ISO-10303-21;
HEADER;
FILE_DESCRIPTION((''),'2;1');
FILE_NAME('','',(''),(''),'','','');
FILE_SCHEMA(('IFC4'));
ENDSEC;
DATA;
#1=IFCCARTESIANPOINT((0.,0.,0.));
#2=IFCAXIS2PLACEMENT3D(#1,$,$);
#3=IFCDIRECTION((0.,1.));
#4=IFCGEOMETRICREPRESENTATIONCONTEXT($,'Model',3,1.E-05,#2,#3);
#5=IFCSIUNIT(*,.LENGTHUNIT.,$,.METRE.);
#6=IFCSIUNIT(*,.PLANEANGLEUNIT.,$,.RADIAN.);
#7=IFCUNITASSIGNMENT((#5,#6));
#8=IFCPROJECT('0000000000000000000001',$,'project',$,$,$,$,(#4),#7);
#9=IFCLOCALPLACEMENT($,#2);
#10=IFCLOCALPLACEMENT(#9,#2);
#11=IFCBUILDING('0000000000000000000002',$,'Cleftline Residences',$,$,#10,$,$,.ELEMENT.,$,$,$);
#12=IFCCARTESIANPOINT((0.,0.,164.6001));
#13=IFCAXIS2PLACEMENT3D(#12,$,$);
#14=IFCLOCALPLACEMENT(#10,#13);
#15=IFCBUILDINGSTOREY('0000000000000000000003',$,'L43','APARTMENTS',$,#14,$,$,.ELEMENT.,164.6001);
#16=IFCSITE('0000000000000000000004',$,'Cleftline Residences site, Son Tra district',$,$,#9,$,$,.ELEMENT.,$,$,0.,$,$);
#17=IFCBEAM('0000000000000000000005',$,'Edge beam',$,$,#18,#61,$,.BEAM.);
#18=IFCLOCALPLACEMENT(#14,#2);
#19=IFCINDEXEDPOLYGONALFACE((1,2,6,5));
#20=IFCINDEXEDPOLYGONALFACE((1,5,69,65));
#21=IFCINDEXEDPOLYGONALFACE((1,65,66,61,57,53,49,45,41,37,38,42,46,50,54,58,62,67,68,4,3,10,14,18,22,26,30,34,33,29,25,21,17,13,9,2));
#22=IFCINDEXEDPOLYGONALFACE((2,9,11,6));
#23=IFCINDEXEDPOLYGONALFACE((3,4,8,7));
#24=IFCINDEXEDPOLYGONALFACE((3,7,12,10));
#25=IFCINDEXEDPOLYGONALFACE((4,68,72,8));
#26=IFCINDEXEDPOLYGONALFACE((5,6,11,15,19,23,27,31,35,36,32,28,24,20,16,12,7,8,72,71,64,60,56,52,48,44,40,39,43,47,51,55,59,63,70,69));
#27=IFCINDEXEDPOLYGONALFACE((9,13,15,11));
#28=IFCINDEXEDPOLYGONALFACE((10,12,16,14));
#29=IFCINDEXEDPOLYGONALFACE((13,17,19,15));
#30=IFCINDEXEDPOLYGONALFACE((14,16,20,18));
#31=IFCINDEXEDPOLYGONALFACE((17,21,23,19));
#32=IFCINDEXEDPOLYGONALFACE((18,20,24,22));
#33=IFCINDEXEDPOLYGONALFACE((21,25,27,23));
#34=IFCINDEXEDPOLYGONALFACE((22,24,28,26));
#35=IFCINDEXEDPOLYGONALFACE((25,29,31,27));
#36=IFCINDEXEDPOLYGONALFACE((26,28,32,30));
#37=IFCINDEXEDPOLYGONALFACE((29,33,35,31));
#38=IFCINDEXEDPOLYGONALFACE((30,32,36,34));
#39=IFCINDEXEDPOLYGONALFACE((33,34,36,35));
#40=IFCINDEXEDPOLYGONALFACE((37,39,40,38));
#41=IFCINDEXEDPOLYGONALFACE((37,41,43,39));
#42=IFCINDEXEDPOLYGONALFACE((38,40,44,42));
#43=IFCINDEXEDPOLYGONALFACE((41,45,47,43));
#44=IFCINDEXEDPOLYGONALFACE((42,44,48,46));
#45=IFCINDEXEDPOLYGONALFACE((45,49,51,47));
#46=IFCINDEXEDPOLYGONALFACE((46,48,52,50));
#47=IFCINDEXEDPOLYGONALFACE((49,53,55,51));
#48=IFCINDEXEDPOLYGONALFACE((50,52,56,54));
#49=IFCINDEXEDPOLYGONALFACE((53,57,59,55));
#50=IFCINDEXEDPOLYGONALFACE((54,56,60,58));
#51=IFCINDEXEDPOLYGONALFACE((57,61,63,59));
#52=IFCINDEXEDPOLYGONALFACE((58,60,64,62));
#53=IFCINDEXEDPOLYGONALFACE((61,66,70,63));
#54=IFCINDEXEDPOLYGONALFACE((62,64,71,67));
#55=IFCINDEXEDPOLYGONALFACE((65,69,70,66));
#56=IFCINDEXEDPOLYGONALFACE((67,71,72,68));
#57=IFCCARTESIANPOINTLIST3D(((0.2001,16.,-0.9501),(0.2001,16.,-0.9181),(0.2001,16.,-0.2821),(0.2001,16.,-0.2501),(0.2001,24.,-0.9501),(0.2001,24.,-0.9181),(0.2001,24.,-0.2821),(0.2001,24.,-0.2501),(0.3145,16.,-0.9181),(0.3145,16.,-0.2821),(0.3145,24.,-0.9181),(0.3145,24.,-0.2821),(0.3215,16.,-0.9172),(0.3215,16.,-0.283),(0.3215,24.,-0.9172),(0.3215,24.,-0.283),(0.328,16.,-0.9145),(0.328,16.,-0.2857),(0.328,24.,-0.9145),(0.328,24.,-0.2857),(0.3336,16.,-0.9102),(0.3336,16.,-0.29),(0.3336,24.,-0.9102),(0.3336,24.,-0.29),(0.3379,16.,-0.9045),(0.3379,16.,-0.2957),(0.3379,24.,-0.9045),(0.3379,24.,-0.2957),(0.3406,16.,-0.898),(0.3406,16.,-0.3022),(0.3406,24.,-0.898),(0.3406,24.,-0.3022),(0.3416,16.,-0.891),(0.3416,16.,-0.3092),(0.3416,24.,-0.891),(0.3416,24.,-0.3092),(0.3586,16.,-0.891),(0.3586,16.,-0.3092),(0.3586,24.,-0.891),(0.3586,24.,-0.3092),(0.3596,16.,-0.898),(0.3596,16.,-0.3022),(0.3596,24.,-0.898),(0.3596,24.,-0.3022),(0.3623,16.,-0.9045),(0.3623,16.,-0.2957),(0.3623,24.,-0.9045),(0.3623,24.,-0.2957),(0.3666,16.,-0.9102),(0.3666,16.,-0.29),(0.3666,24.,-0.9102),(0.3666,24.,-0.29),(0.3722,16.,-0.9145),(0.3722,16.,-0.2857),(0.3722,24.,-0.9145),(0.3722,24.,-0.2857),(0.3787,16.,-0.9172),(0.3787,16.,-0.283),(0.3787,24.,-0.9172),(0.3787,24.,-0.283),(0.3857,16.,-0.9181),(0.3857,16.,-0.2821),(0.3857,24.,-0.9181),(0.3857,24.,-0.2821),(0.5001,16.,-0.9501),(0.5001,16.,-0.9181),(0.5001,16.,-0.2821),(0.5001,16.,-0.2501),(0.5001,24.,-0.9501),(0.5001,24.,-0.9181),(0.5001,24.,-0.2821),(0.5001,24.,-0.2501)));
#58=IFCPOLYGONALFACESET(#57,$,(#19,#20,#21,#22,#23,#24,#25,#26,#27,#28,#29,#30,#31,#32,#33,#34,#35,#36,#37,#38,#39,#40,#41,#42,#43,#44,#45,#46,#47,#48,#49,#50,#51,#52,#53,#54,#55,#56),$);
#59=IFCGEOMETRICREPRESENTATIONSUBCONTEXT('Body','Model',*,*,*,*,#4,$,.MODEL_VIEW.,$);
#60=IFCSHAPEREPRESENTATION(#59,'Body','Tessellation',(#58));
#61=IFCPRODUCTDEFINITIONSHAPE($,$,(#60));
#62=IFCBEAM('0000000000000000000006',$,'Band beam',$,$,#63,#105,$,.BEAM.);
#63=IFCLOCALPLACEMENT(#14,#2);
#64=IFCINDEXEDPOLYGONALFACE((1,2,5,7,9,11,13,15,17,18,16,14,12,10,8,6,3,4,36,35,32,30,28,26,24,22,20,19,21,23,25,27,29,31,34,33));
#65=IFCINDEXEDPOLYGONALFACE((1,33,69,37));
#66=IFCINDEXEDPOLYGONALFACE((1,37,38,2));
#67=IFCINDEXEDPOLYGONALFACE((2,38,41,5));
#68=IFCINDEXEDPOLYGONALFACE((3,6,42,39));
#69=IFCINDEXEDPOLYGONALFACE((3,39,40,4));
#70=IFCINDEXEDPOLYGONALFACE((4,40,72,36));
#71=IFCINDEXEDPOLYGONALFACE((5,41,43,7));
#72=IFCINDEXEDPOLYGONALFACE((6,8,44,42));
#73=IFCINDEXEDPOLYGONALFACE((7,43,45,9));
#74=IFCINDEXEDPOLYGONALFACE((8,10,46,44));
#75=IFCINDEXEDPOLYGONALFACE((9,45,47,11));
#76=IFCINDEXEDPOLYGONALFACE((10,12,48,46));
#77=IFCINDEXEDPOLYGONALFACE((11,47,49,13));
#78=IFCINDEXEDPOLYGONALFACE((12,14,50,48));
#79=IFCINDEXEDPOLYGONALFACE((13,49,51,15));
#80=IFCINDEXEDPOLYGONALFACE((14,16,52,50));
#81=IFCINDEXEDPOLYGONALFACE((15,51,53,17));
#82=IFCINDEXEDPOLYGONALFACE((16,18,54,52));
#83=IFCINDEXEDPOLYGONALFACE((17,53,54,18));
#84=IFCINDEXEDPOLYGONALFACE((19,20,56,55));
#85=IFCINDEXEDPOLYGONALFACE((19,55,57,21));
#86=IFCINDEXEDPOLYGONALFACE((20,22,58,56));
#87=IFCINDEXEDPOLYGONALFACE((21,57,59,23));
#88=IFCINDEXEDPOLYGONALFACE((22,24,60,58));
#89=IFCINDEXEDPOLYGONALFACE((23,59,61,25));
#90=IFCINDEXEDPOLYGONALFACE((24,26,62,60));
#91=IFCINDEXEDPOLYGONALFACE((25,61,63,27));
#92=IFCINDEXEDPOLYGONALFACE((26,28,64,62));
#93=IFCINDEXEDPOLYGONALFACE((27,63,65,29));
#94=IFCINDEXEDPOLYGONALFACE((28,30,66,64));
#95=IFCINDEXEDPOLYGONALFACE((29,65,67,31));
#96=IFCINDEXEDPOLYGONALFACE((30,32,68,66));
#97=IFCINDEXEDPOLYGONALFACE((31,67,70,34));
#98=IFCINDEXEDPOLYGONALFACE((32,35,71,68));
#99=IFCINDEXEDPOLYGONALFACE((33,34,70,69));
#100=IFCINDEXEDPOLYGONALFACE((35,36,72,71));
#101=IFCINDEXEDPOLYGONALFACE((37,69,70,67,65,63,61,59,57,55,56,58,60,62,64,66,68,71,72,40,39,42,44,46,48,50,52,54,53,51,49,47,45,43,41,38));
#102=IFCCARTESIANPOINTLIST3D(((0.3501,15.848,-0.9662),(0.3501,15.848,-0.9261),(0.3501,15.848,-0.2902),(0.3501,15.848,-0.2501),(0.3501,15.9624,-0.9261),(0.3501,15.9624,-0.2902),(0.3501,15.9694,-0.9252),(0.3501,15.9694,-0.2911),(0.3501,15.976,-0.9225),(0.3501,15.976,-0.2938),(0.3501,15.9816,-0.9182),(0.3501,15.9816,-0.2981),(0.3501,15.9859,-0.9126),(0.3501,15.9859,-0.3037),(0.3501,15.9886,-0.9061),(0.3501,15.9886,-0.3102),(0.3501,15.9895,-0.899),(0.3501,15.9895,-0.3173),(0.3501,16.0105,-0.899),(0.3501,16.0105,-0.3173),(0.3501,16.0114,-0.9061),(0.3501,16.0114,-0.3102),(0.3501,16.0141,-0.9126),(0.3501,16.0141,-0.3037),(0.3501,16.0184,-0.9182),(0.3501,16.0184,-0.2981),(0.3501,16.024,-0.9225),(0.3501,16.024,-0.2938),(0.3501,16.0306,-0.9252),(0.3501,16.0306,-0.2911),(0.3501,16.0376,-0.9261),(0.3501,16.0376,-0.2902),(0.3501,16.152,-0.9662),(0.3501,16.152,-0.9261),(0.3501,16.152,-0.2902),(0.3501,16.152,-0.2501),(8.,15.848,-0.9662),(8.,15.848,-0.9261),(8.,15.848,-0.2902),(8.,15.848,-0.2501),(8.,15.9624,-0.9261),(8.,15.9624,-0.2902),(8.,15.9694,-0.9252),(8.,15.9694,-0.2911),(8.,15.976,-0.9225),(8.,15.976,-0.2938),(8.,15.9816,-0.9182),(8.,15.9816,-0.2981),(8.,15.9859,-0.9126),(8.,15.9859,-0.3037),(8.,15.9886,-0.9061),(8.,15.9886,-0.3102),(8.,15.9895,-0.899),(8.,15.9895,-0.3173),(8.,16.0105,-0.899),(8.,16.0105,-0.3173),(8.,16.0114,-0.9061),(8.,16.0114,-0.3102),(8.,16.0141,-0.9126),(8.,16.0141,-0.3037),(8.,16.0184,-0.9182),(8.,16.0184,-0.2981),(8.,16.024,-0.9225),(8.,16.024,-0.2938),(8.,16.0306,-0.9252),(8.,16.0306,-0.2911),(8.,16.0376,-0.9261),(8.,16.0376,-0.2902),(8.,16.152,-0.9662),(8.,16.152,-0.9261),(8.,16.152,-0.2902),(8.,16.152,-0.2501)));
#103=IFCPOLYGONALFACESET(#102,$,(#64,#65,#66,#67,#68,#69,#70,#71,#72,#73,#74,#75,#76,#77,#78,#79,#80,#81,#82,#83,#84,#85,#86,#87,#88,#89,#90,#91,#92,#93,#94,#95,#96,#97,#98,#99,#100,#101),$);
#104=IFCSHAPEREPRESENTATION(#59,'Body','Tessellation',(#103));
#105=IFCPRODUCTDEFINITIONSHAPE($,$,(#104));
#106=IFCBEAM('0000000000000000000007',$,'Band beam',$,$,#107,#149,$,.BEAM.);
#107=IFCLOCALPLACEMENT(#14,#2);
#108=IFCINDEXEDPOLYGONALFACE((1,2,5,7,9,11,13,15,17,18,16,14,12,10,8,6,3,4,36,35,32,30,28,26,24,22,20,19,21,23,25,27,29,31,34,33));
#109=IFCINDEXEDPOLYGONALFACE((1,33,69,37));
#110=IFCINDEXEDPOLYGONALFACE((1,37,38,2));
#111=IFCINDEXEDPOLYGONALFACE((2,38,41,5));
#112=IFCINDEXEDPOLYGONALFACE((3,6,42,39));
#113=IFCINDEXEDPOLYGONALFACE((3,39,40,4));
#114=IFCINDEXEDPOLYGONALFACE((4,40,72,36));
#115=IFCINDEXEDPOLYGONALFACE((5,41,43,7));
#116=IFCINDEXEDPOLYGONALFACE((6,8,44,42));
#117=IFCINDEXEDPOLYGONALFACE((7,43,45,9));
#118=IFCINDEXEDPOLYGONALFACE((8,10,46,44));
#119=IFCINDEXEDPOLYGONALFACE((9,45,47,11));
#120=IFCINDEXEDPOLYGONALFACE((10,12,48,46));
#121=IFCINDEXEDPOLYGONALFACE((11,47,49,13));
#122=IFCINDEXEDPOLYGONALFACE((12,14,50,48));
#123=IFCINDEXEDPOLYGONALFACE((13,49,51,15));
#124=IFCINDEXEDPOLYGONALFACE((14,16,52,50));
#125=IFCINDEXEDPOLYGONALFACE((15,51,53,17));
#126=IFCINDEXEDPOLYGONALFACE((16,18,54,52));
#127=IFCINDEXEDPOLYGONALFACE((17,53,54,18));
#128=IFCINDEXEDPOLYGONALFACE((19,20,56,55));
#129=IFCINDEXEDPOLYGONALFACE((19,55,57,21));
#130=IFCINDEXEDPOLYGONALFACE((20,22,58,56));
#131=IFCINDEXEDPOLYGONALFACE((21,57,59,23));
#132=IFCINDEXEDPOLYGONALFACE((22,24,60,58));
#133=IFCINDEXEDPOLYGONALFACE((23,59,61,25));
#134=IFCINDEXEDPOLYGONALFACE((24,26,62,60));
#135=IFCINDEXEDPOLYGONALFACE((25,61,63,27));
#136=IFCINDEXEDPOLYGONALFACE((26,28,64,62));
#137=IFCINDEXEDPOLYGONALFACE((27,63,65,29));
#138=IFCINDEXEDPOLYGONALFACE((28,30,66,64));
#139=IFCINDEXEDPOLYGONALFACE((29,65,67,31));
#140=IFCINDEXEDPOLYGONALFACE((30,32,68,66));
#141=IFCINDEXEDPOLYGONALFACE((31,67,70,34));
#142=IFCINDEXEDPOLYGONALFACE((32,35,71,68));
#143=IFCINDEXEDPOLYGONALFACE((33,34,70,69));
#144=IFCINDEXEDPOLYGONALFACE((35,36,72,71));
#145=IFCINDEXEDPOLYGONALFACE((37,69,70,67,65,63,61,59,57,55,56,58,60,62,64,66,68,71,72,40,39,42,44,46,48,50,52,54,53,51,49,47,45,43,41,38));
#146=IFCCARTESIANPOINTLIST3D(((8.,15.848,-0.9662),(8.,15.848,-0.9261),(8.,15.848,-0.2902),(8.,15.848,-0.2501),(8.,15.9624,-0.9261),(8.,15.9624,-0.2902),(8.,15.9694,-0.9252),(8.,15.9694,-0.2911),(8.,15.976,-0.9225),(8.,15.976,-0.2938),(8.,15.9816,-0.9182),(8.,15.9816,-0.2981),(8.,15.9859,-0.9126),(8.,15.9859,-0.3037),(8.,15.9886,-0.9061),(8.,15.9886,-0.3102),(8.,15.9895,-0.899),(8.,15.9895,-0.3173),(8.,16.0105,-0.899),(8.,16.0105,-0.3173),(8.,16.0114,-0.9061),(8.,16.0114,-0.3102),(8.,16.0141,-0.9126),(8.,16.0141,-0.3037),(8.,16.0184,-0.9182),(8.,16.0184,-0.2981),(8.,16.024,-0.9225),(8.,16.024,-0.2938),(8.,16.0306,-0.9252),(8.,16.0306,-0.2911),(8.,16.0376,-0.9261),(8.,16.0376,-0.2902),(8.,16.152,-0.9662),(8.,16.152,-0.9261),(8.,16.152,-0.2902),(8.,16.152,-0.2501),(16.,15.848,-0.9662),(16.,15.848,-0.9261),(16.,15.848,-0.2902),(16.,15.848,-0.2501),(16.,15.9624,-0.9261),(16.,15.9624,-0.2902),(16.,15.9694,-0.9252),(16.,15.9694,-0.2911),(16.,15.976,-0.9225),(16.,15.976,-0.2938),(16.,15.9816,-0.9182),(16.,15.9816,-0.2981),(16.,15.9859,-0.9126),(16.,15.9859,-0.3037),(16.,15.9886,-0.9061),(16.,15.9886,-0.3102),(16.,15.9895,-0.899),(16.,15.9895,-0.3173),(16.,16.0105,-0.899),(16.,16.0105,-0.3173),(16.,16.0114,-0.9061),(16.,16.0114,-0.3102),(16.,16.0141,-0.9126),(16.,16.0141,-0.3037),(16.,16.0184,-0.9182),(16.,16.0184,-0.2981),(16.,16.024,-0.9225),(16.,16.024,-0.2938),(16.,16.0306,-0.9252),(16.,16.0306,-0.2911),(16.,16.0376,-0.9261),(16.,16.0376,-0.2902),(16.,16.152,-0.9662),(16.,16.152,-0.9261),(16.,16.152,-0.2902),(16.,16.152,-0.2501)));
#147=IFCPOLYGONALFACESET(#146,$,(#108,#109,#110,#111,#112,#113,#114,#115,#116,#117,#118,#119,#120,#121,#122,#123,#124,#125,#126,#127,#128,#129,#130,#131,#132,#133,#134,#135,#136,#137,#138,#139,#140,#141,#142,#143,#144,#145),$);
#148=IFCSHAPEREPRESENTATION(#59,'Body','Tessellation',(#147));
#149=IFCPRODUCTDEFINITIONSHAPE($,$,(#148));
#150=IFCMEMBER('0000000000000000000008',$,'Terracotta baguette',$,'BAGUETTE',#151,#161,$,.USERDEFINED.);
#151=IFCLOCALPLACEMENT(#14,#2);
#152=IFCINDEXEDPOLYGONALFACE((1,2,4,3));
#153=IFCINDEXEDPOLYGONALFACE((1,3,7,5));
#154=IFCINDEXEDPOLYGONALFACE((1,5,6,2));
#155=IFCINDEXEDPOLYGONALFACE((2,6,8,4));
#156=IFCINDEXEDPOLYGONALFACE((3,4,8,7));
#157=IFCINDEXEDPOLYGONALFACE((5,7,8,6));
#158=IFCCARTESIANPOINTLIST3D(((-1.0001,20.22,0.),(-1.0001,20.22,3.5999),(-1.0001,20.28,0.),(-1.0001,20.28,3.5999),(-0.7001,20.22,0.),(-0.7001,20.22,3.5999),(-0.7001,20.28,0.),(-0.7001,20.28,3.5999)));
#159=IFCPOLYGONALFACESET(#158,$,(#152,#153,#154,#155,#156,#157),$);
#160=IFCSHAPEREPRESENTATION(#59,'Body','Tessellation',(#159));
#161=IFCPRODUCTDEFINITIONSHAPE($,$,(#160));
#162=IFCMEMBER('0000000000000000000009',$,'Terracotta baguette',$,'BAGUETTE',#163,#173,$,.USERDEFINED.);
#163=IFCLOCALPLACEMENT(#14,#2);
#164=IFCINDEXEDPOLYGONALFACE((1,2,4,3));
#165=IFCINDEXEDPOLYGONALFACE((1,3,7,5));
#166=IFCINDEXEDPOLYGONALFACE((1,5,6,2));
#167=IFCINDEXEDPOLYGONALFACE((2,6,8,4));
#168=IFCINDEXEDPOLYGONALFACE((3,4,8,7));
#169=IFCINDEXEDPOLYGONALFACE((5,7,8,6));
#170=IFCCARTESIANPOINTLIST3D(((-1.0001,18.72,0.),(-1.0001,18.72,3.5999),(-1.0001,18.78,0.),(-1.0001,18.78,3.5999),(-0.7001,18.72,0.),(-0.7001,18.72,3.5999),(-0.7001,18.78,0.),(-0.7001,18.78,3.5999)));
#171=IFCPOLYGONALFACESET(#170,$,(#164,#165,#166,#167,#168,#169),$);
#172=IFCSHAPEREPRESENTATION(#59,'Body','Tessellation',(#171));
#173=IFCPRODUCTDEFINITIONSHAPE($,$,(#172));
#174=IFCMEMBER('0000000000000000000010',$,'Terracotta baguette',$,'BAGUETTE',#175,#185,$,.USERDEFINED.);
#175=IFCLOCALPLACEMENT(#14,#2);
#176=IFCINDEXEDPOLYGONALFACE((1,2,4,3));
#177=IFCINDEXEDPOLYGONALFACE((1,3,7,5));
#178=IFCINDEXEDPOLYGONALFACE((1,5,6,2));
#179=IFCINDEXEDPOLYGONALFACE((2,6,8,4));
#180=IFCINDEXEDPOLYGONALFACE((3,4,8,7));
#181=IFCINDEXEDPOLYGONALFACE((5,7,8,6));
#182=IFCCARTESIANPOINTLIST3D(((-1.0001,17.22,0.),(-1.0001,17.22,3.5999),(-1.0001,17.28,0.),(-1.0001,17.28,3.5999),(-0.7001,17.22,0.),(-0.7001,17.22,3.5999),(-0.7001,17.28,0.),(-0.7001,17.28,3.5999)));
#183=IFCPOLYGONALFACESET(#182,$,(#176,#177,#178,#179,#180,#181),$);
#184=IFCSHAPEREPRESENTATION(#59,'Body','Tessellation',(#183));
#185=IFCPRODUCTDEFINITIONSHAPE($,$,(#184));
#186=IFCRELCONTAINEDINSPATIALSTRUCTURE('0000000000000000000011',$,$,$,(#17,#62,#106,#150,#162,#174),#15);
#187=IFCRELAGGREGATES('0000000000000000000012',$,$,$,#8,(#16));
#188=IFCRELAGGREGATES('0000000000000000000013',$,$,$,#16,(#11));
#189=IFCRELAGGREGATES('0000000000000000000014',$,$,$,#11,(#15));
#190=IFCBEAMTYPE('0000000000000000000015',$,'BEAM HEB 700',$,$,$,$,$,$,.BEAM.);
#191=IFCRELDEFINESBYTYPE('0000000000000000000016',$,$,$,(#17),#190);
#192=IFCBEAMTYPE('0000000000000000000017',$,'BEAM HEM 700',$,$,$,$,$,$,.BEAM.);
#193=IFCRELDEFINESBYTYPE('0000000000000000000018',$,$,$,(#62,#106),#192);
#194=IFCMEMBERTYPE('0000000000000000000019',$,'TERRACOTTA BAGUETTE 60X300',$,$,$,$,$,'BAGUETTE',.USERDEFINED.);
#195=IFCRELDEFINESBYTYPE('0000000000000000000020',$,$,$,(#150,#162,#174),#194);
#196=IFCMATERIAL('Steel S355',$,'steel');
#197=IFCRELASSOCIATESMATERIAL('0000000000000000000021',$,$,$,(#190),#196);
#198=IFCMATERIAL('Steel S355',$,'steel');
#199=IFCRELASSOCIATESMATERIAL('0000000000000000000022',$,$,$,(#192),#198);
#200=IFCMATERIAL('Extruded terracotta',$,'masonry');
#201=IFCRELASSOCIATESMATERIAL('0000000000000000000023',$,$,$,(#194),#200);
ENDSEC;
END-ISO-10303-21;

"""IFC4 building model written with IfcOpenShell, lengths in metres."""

from ifc_helpers import new_model, si_unit, direction, frame, origin, origin_2d, place, context, subcontext, project, spatial, rectangle, i_section, extrude, material, material_profile, profile_set, type_object, element, save


model = new_model("IFC4")

# Units and contexts
model_context = context("Model", 3, precision=1e-05, world=origin(), true_north=direction((0.0, 1.0)))
body_context = subcontext(model_context, "Body", "Model", "MODEL_VIEW")
ifc_project = project(units=[si_unit("LENGTHUNIT", "METRE"), si_unit("PLANEANGLEUNIT", "RADIAN")], contexts=[model_context])

# Site, building, storey
site_placement = place(None, origin())
site = spatial("IfcSite", under=ifc_project, at=site_placement, Name="Cleftline Residences site, Son Tra district", CompositionType="ELEMENT", RefElevation=0.0)
building_placement = place(site_placement, origin())
building = spatial("IfcBuilding", under=site, at=building_placement, Name="Cleftline Residences", CompositionType="ELEMENT")
storey_placement = place(building_placement, frame((0.0, 0.0, 164.6001)))
storey = spatial("IfcBuildingStorey", under=building, at=storey_placement, Name="L43", Description="APARTMENTS", CompositionType="ELEMENT", Elevation=164.6001)

# Beams
ifc_material_1 = material(Name="Steel S355", Category="steel")
ifc_material_profile_1 = material_profile(ifc_material_1, i_section(OverallWidth=0.3, OverallDepth=0.7, WebThickness=0.0171, FlangeThickness=0.032, FilletRadius=0.0271, at=origin_2d()))
ifc_profile_set_1 = profile_set([ifc_material_profile_1], Name="Steel S355")
beam_type_1 = type_object("IfcBeamType", Name="BEAM HEB 700", PredefinedType="BEAM", material=ifc_profile_set_1)
beam_1_placement = place(storey_placement, frame((0.3501, 16.0, -0.6001), z_axis=(0.0, 1.0, 0.0), x_axis=(-1.0, 0.0, 0.0)))
element("IfcBeam", 1, at=beam_1_placement, inside=storey, type_object=beam_type_1, Name="Edge beam", PredefinedType="BEAM", context=body_context, shape_type="SweptSolid", body=[
    extrude(i_section(OverallWidth=0.3, OverallDepth=0.7, WebThickness=0.0171, FlangeThickness=0.032, FilletRadius=0.0271, at=origin_2d()), origin(), (0.0, 0.0, 1.0), 8.0),
])
ifc_material_2 = material(Name="Steel S355", Category="steel")
ifc_material_profile_2 = material_profile(ifc_material_2, i_section(OverallWidth=0.304, OverallDepth=0.7161, WebThickness=0.021, FlangeThickness=0.04, FilletRadius=0.0271, at=origin_2d()))
ifc_profile_set_2 = profile_set([ifc_material_profile_2], Name="Steel S355")
beam_type_2 = type_object("IfcBeamType", Name="BEAM HEM 700", PredefinedType="BEAM", material=ifc_profile_set_2)
beam_2_placement = place(storey_placement, frame((0.3501, 16.0, -0.6082), z_axis=(1.0, 0.0, 0.0), x_axis=(0.0, 1.0, 0.0)))
element("IfcBeam", 2, at=beam_2_placement, inside=storey, type_object=beam_type_2, Name="Band beam", PredefinedType="BEAM", context=body_context, shape_type="SweptSolid", body=[
    extrude(i_section(OverallWidth=0.304, OverallDepth=0.7161, WebThickness=0.021, FlangeThickness=0.04, FilletRadius=0.0271, at=origin_2d()), origin(), (0.0, 0.0, 1.0), 7.6499),
])
beam_3_placement = place(storey_placement, frame((8.0, 16.0, -0.6082), z_axis=(1.0, 0.0, 0.0), x_axis=(0.0, 1.0, 0.0)))
element("IfcBeam", 3, at=beam_3_placement, inside=storey, type_object=beam_type_2, Name="Band beam", PredefinedType="BEAM", context=body_context, shape_type="SweptSolid", body=[
    extrude(i_section(OverallWidth=0.304, OverallDepth=0.7161, WebThickness=0.021, FlangeThickness=0.04, FilletRadius=0.0271, at=origin_2d()), origin(), (0.0, 0.0, 1.0), 8.0),
])

# Members
ifc_material_3 = material(Name="Extruded terracotta", Category="masonry")
ifc_material_profile_3 = material_profile(ifc_material_3, rectangle(XDim=0.0601, YDim=0.3, at=origin_2d()))
ifc_profile_set_3 = profile_set([ifc_material_profile_3], Name="Extruded terracotta")
member_type_1 = type_object("IfcMemberType", Name="TERRACOTTA BAGUETTE 60X300", ElementType="BAGUETTE", PredefinedType="USERDEFINED", material=ifc_profile_set_3)
for number, where, z_axis, x_axis, name in (
    (4, (-0.8501, 20.25, 0.0), (0.0, 0.0, 1.0), (0.0, 1.0, 0.0), "Terracotta baguette"),
    (5, (-0.8501, 18.75, 0.0), (0.0, 0.0, 1.0), (0.0, 1.0, 0.0), "Terracotta baguette"),
    (6, (-0.8501, 17.25, 0.0), (0.0, 0.0, 1.0), (0.0, 1.0, 0.0), "Terracotta baguette"),
):
    element("IfcMember", number, at=place(storey_placement, frame(where, z_axis=z_axis, x_axis=x_axis)), inside=storey, type_object=member_type_1, Name=name, ObjectType="BAGUETTE", PredefinedType="USERDEFINED", context=body_context, shape_type="SweptSolid", body=[
        extrude(rectangle(XDim=0.0601, YDim=0.3, at=origin_2d()), origin(), (0.0, 0.0, 1.0), 3.5999),
    ])

save(model, "model.ifc")
